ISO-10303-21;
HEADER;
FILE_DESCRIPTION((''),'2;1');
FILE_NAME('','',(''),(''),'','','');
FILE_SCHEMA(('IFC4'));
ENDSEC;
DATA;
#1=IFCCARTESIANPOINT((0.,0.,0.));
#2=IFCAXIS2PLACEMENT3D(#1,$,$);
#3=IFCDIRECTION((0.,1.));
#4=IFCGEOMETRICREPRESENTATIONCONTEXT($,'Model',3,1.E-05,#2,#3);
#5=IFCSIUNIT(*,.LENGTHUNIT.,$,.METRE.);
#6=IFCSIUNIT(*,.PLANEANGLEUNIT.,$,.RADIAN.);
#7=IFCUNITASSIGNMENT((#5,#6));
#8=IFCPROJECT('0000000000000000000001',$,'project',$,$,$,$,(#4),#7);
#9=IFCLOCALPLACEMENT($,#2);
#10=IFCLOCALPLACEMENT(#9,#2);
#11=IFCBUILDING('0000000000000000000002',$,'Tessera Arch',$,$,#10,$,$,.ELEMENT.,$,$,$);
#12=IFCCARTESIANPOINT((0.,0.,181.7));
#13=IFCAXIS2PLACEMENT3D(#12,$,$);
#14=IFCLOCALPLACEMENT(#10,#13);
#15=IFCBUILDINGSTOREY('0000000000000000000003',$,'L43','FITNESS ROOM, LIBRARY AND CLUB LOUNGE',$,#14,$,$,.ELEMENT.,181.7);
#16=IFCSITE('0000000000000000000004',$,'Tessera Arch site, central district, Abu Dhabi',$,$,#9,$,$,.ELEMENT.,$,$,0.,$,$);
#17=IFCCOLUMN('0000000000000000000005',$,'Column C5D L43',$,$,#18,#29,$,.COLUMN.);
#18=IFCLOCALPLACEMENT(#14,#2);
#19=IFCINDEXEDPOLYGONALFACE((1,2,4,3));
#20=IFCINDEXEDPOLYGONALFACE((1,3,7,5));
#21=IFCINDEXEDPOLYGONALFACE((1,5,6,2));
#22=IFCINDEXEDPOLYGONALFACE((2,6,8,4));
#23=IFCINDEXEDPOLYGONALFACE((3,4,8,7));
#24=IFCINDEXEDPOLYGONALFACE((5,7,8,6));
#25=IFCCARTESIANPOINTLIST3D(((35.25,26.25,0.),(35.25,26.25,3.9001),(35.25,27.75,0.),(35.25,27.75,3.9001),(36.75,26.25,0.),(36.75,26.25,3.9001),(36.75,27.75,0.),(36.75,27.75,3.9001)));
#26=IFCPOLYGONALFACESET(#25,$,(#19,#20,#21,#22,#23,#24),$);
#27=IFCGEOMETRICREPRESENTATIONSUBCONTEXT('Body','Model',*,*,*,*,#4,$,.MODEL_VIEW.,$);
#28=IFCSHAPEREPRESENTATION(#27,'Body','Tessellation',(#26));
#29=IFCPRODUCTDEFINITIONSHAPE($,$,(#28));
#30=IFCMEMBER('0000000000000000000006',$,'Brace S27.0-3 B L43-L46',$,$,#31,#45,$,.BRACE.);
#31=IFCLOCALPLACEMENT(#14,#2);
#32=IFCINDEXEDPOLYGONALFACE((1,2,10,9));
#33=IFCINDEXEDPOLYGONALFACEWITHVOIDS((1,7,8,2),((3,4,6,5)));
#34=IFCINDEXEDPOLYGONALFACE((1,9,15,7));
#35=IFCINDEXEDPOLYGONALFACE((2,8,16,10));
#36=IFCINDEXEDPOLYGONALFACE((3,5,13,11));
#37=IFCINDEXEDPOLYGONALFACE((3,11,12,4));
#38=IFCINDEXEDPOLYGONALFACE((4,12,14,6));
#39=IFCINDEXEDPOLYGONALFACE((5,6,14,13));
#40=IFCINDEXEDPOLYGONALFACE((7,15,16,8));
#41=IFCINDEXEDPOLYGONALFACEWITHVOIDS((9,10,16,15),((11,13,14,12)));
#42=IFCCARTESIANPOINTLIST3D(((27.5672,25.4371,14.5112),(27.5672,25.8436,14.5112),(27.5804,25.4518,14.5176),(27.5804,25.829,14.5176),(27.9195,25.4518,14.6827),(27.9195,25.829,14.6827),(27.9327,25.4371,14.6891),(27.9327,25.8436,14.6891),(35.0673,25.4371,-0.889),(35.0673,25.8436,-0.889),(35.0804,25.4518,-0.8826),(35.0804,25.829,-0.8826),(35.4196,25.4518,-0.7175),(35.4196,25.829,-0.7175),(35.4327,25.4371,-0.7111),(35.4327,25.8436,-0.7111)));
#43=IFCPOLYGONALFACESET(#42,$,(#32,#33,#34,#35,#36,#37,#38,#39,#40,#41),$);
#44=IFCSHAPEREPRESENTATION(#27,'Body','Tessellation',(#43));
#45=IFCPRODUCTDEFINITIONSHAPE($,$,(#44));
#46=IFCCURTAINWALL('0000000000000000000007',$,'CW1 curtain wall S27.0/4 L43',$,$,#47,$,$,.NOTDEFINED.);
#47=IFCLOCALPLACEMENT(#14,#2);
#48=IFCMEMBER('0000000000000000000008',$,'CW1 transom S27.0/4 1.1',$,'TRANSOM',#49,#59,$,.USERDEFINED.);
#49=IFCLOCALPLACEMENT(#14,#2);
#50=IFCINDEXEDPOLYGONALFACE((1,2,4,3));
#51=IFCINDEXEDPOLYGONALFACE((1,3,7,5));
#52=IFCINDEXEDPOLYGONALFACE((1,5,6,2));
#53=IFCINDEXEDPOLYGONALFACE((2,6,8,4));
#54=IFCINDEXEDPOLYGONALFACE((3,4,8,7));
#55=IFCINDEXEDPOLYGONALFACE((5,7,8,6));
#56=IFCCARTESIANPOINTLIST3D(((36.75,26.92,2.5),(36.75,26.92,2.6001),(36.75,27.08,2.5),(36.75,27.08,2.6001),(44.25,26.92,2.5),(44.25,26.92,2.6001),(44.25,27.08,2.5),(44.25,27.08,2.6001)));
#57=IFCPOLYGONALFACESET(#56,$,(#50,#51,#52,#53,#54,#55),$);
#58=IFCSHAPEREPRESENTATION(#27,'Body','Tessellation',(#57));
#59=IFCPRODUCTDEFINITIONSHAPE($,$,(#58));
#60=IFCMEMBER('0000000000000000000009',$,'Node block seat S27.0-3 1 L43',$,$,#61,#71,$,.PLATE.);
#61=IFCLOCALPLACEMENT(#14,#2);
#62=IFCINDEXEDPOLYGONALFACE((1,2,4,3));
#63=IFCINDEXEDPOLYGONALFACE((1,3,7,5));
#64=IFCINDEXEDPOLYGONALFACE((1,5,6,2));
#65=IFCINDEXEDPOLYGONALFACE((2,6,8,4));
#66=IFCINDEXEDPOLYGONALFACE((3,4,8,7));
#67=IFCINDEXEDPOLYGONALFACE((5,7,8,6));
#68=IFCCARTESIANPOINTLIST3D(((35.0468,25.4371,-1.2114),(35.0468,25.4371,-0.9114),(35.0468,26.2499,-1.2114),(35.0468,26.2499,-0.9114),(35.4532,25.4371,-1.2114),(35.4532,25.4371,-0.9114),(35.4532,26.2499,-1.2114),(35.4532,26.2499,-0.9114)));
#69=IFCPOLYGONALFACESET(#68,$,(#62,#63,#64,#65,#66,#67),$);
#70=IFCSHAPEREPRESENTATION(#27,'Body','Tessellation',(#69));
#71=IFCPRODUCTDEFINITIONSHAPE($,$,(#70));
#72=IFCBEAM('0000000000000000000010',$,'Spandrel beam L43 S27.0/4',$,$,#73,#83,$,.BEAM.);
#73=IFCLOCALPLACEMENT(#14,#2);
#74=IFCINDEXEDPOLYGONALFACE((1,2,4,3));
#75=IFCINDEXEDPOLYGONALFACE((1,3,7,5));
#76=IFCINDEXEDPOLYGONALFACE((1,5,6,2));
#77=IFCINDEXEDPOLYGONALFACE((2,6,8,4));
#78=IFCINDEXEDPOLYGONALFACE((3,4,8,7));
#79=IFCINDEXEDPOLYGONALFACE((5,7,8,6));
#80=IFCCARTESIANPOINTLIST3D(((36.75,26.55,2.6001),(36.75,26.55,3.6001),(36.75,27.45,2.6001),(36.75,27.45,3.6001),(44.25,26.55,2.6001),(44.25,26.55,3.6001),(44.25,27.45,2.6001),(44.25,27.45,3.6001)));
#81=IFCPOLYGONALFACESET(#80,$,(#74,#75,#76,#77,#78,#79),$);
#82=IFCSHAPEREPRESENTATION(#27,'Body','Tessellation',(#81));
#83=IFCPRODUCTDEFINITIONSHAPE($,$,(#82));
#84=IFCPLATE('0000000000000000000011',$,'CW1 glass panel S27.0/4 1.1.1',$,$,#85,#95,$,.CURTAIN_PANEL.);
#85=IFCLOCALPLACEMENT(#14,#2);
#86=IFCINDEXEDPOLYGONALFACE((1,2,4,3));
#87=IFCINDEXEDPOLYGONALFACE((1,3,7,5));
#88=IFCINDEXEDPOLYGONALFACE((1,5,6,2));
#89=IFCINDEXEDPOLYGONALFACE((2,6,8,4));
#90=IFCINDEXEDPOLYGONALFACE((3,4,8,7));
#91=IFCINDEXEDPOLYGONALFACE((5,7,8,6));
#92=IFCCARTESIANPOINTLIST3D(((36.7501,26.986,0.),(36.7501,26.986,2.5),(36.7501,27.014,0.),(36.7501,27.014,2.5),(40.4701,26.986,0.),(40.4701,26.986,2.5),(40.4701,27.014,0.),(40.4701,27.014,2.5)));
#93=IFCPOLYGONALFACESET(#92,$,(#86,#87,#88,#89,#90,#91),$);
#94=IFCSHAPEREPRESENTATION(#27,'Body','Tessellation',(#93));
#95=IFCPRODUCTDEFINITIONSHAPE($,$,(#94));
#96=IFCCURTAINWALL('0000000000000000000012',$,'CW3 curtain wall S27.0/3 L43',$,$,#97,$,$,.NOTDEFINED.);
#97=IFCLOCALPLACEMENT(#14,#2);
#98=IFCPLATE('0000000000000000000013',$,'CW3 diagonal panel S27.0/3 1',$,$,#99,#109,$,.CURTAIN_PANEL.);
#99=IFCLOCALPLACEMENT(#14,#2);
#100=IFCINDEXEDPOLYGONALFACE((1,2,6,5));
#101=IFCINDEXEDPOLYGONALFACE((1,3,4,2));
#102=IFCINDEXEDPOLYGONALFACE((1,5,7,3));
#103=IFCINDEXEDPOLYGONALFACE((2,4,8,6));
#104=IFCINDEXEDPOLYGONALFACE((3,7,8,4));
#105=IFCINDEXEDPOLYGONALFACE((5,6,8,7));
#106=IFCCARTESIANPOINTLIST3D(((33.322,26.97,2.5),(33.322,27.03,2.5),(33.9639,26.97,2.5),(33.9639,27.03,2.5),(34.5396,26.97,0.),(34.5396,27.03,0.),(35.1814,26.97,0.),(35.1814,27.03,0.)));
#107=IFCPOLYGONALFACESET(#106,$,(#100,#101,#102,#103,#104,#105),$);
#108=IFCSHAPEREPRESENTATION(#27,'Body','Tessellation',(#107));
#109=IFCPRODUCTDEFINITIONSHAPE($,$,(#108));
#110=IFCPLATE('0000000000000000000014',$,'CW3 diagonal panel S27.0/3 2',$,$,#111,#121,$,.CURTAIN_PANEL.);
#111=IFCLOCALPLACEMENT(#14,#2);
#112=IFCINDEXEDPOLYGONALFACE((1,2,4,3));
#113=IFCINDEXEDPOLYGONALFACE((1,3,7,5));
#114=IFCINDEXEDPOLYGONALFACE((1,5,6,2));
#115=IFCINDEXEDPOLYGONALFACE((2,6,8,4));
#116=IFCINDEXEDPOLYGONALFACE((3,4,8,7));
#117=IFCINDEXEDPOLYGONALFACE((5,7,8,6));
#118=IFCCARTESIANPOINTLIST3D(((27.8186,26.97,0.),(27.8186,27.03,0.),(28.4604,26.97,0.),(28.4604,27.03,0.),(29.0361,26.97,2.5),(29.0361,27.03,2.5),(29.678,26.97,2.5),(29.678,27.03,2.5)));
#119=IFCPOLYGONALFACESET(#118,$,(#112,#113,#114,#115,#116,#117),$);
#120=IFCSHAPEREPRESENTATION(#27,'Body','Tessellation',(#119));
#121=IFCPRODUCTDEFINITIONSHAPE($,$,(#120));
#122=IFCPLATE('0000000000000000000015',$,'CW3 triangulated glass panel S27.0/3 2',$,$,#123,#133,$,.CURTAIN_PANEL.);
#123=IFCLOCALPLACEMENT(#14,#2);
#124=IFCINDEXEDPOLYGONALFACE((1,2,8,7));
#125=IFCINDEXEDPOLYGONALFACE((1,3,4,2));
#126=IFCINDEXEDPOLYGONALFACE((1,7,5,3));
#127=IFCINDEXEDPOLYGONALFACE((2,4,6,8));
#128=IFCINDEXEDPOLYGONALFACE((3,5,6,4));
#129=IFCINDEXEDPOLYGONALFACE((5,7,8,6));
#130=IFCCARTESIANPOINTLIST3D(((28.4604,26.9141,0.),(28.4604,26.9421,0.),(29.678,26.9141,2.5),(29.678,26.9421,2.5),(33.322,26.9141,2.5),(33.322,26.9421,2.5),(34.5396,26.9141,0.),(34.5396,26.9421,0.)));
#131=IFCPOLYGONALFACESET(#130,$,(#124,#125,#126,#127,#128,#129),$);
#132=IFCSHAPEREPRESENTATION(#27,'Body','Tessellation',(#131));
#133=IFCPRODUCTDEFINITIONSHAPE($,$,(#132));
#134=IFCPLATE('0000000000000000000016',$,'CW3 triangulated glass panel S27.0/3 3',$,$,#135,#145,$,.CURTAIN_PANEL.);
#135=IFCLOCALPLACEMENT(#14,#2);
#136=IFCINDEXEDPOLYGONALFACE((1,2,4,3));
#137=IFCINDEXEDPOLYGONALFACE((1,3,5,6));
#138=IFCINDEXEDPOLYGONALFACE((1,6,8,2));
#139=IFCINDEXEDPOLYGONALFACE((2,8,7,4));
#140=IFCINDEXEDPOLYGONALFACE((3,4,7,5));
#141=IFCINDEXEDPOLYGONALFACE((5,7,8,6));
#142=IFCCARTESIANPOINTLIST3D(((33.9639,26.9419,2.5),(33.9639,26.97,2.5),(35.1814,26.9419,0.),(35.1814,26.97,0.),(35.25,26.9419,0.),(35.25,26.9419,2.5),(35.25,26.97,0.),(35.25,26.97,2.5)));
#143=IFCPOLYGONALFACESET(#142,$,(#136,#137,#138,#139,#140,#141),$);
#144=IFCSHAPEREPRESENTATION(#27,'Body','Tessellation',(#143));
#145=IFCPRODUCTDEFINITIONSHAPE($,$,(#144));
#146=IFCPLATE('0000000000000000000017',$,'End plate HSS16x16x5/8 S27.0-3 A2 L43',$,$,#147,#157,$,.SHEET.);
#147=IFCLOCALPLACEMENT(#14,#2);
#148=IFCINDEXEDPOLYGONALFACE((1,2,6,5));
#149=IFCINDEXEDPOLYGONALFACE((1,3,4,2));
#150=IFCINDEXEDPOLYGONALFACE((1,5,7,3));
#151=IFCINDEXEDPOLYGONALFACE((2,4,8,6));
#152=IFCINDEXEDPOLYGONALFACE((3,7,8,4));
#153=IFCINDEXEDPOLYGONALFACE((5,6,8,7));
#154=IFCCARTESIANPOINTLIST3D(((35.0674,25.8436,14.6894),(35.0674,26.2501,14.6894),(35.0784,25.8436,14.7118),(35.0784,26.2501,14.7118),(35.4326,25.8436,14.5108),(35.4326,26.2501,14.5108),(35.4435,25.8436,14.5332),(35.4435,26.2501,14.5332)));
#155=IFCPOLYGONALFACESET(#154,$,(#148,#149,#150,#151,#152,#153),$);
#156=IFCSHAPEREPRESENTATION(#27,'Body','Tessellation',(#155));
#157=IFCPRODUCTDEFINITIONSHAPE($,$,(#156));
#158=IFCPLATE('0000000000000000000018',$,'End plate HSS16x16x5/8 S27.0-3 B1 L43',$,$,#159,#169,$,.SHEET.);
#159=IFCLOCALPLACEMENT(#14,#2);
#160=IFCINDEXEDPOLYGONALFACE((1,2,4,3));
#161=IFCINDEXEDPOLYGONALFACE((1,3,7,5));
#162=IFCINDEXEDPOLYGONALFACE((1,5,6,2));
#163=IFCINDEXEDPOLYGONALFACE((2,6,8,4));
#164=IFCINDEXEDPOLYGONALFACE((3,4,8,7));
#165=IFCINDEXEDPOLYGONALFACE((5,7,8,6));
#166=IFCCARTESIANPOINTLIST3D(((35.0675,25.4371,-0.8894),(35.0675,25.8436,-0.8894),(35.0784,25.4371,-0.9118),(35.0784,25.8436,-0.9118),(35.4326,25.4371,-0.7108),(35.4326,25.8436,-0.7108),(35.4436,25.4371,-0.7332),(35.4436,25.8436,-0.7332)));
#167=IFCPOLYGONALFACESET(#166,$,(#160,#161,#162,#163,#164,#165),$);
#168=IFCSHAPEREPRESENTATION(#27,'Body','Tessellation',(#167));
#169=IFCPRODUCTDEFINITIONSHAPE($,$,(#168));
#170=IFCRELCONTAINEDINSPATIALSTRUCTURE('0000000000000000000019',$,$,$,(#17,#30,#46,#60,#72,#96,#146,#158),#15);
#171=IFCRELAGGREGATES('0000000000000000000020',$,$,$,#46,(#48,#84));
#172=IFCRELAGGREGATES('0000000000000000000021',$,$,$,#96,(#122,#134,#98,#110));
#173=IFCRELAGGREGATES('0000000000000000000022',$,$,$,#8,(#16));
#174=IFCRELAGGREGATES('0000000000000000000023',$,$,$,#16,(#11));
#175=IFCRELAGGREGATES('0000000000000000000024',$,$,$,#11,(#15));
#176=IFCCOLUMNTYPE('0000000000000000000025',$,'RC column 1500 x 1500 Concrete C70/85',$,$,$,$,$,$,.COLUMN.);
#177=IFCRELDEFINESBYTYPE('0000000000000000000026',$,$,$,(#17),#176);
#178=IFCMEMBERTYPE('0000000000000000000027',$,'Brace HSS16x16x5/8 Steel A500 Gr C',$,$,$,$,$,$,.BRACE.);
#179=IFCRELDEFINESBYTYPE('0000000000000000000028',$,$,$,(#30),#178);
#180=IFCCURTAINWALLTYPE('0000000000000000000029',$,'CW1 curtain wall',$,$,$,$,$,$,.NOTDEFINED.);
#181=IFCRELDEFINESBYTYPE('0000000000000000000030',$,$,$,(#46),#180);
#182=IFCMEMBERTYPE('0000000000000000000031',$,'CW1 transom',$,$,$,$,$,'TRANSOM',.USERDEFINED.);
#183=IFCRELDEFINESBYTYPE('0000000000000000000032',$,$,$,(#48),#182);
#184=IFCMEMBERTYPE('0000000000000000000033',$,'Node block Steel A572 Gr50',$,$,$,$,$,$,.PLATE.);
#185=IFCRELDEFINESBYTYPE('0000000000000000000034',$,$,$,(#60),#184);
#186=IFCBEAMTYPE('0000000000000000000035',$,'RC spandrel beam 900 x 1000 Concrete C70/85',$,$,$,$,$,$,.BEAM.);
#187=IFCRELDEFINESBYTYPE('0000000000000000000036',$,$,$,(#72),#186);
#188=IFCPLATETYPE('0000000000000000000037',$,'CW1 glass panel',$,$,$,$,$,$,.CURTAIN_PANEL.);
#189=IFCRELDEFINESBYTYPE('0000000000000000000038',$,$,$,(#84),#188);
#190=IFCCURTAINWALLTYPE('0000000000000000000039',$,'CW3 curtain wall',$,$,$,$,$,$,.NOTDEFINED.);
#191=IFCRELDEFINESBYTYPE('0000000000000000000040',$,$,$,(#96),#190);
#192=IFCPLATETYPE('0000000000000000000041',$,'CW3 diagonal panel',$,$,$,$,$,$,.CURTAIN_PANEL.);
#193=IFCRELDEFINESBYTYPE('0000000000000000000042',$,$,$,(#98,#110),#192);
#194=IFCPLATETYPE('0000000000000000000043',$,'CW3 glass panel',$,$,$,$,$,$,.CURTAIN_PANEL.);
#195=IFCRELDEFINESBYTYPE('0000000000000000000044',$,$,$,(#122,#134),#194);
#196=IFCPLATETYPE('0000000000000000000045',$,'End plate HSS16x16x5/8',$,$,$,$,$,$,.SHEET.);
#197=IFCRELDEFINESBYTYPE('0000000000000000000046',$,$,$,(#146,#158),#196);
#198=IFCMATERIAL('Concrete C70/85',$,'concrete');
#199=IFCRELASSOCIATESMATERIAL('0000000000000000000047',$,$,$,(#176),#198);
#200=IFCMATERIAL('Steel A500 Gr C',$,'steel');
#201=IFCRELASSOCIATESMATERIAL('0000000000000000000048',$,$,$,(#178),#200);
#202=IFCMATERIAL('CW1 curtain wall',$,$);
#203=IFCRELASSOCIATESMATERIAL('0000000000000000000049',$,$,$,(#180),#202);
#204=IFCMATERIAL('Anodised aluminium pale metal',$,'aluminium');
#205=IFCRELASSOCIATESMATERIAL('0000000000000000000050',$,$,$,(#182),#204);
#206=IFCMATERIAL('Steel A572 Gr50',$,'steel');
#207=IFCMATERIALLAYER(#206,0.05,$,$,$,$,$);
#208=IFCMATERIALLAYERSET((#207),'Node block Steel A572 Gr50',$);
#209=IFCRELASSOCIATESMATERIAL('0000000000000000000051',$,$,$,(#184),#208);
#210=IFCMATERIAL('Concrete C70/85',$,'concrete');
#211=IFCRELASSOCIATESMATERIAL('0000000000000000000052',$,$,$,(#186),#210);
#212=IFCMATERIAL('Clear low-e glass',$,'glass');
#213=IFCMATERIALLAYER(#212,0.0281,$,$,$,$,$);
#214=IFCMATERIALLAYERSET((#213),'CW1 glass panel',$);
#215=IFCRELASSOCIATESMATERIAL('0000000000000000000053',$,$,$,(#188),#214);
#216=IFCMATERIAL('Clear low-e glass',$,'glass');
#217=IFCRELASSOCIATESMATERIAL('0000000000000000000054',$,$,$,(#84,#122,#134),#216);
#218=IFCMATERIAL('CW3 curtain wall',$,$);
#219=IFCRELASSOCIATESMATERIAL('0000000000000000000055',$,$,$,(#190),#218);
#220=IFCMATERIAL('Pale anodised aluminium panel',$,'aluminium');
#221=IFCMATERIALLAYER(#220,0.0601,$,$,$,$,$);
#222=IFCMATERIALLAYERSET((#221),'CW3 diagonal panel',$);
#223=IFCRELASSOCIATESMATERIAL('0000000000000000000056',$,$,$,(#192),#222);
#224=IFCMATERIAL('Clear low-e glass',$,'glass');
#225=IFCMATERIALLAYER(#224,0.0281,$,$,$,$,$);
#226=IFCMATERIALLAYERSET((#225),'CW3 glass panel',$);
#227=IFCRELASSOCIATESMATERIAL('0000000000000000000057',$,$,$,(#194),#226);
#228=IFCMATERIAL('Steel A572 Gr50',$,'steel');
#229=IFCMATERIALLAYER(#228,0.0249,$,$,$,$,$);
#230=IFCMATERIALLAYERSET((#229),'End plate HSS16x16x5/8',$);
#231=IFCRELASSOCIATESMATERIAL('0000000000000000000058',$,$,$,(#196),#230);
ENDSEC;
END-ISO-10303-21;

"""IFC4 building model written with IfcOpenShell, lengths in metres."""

from ifc_helpers import new_model, si_unit, direction, frame, origin, origin_2d, place, context, subcontext, project, spatial, polyline, rectangle, hollow_rectangle, outline, extrude, material, layer, layer_set, material_profile, profile_set, type_object, element, aggregate, save


model = new_model("IFC4")

# Units and contexts
model_context = context("Model", 3, precision=1e-05, world=origin(), true_north=direction((0.0, 1.0)))
body_context = subcontext(model_context, "Body", "Model", "MODEL_VIEW")
ifc_project = project(units=[si_unit("LENGTHUNIT", "METRE"), si_unit("PLANEANGLEUNIT", "RADIAN")], contexts=[model_context])

# Site, building, storey
site_placement = place(None, origin())
site = spatial("IfcSite", under=ifc_project, at=site_placement, Name="Tessera Arch site, central district, Abu Dhabi", CompositionType="ELEMENT", RefElevation=0.0)
building_placement = place(site_placement, origin())
building = spatial("IfcBuilding", under=site, at=building_placement, Name="Tessera Arch", CompositionType="ELEMENT")
storey_placement = place(building_placement, frame((0.0, 0.0, 181.7)))
storey = spatial("IfcBuildingStorey", under=building, at=storey_placement, Name="L43", Description="FITNESS ROOM, LIBRARY AND CLUB LOUNGE", CompositionType="ELEMENT", Elevation=181.7)

# Column
ifc_material_1 = material(Name="Concrete C70/85", Category="concrete")
ifc_material_profile_1 = material_profile(ifc_material_1, rectangle(XDim=1.5, YDim=1.5, at=origin_2d()), Name="RC column 1500 x 1500 Concrete C70/85")
ifc_profile_set_1 = profile_set([ifc_material_profile_1], Name="Concrete C70/85")
column_type = type_object("IfcColumnType", Name="RC column 1500 x 1500 Concrete C70/85", PredefinedType="COLUMN", material=ifc_profile_set_1)
column_placement = place(storey_placement, frame((36.0, 27.0, 0.0), z_axis=(0.0, 0.0, 1.0), x_axis=(1.0, 0.0, 0.0)))
element("IfcColumn", 1, at=column_placement, inside=storey, type_object=column_type, Name="Column C5D L43", PredefinedType="COLUMN", context=body_context, shape_type="SweptSolid", body=[
    extrude(rectangle(XDim=1.5, YDim=1.5, at=origin_2d()), origin(), (0.0, 0.0, 1.0), 3.9001),
])

# Member
ifc_material_2 = material(Name="Steel A500 Gr C", Category="steel")
ifc_material_profile_2 = material_profile(ifc_material_2, hollow_rectangle(XDim=0.4065, YDim=0.4065, WallThickness=0.0146, at=origin_2d()), Name="HSS16x16x5/8")
ifc_profile_set_2 = profile_set([ifc_material_profile_2], Name="Steel A500 Gr C")
member_type_1 = type_object("IfcMemberType", Name="Brace HSS16x16x5/8 Steel A500 Gr C", PredefinedType="BRACE", material=ifc_profile_set_2)
member_1_placement = place(storey_placement, frame((35.25, 25.6404, -0.8), z_axis=(-0.437845, 0.0, 0.89905), x_axis=(0.0, -1.0, 0.0)))
element("IfcMember", 2, at=member_1_placement, inside=storey, type_object=member_type_1, Name="Brace S27.0-3 B L43-L46", PredefinedType="BRACE", context=body_context, shape_type="SweptSolid", body=[
    extrude(hollow_rectangle(XDim=0.4065, YDim=0.4065, WallThickness=0.0146, at=origin_2d()), origin(), (0.0, 0.0, 1.0), 17.1294),
])

# Curtain wall, member
ifc_material_3 = material(Name="CW1 curtain wall")
curtain_wall_type_1 = type_object("IfcCurtainWallType", Name="CW1 curtain wall", PredefinedType="NOTDEFINED", material=ifc_material_3)
curtain_wall_1_placement = place(storey_placement, origin())
curtain_wall_1 = element("IfcCurtainWall", 3, at=curtain_wall_1_placement, inside=storey, type_object=curtain_wall_type_1, Name="CW1 curtain wall S27.0/4 L43", PredefinedType="NOTDEFINED")
ifc_material_4 = material(Name="Anodised aluminium pale metal", Category="aluminium")
ifc_material_profile_3 = material_profile(ifc_material_4, rectangle(XDim=0.1599, YDim=0.1001, at=origin_2d()), Name="AL 160x100")
ifc_profile_set_3 = profile_set([ifc_material_profile_3], Name="Anodised aluminium pale metal")
member_type_2 = type_object("IfcMemberType", Name="CW1 transom", ElementType="TRANSOM", PredefinedType="USERDEFINED", material=ifc_profile_set_3)
member_2_placement = place(storey_placement, frame((36.75, 27.0, 2.55), z_axis=(1.0, 0.0, 0.0), x_axis=(0.0, 1.0, 0.0)))
member_2 = element("IfcMember", 4, at=member_2_placement, type_object=member_type_2, Name="CW1 transom S27.0/4 1.1", ObjectType="TRANSOM", PredefinedType="USERDEFINED", context=body_context, shape_type="SweptSolid", body=[
    extrude(rectangle(XDim=0.1599, YDim=0.1001, at=origin_2d()), origin(), (0.0, 0.0, 1.0), 7.5),
])

# Member
ifc_material_5 = material(Name="Steel A572 Gr50", Category="steel")
ifc_layer_1 = layer(ifc_material_5, 0.05)
ifc_layer_set_1 = layer_set([ifc_layer_1], Name="Node block Steel A572 Gr50")
member_type_3 = type_object("IfcMemberType", Name="Node block Steel A572 Gr50", PredefinedType="PLATE", material=ifc_layer_set_1)
member_3_placement = place(storey_placement, frame((35.25, 25.8435, -1.2114), z_axis=(0.0, 0.0, 1.0), x_axis=(1.0, 0.0, 0.0)))
element("IfcMember", 5, at=member_3_placement, inside=storey, type_object=member_type_3, Name="Node block seat S27.0-3 1 L43", PredefinedType="PLATE", context=body_context, shape_type="SweptSolid", body=[
    extrude(rectangle(XDim=0.4065, YDim=0.8127, at=origin_2d()), origin(), (0.0, 0.0, 1.0), 0.3),
])

# Beam
ifc_material_6 = material(Name="Concrete C70/85", Category="concrete")
ifc_material_profile_4 = material_profile(ifc_material_6, rectangle(XDim=0.8999, YDim=1.0, at=origin_2d()), Name="RC spandrel beam 900 x 1000 Concrete C70/85")
ifc_profile_set_4 = profile_set([ifc_material_profile_4], Name="Concrete C70/85")
beam_type = type_object("IfcBeamType", Name="RC spandrel beam 900 x 1000 Concrete C70/85", PredefinedType="BEAM", material=ifc_profile_set_4)
beam_placement = place(storey_placement, frame((36.75, 27.0, 3.1001), z_axis=(1.0, 0.0, 0.0), x_axis=(0.0, 1.0, 0.0)))
element("IfcBeam", 6, at=beam_placement, inside=storey, type_object=beam_type, Name="Spandrel beam L43 S27.0/4", PredefinedType="BEAM", context=body_context, shape_type="SweptSolid", body=[
    extrude(rectangle(XDim=0.8999, YDim=1.0, at=origin_2d()), origin(), (0.0, 0.0, 1.0), 7.5),
])

# Plate
ifc_material_7 = material(Name="Clear low-e glass", Category="glass")
ifc_material_8 = material(Name="Clear low-e glass", Category="glass")
ifc_layer_2 = layer(ifc_material_8, 0.0281)
ifc_layer_set_2 = layer_set([ifc_layer_2], Name="CW1 glass panel")
plate_type_1 = type_object("IfcPlateType", Name="CW1 glass panel", PredefinedType="CURTAIN_PANEL", material=ifc_layer_set_2)
plate_1_placement = place(storey_placement, frame((38.6101, 27.0, 0.0), z_axis=(0.0, 0.0, 1.0), x_axis=(1.0, 0.0, 0.0)))
plate_1 = element("IfcPlate", 7, at=plate_1_placement, type_object=plate_type_1, material=ifc_material_7, Name="CW1 glass panel S27.0/4 1.1.1", PredefinedType="CURTAIN_PANEL", context=body_context, shape_type="SweptSolid", body=[
    extrude(rectangle(XDim=3.72, YDim=0.0281, at=origin_2d()), origin(), (0.0, 0.0, 1.0), 2.5),
])
aggregate(curtain_wall_1, [member_2, plate_1])

# Curtain wall, plates
ifc_material_9 = material(Name="CW3 curtain wall")
curtain_wall_type_2 = type_object("IfcCurtainWallType", Name="CW3 curtain wall", PredefinedType="NOTDEFINED", material=ifc_material_9)
curtain_wall_2_placement = place(storey_placement, origin())
curtain_wall_2 = element("IfcCurtainWall", 8, at=curtain_wall_2_placement, inside=storey, type_object=curtain_wall_type_2, Name="CW3 curtain wall S27.0/3 L43", PredefinedType="NOTDEFINED")
ifc_material_10 = material(Name="Pale anodised aluminium panel", Category="aluminium")
ifc_layer_3 = layer(ifc_material_10, 0.0601)
ifc_layer_set_3 = layer_set([ifc_layer_3], Name="CW3 diagonal panel")
plate_type_2 = type_object("IfcPlateType", Name="CW3 diagonal panel", PredefinedType="CURTAIN_PANEL", material=ifc_layer_set_3)
plate_2_placement = place(storey_placement, frame((33.9639, 26.97, 2.5), z_axis=(0.0, -1.0, 0.0), x_axis=(-1.0, 0.0, 0.0)))
plate_2 = element("IfcPlate", 9, at=plate_2_placement, type_object=plate_type_2, Name="CW3 diagonal panel S27.0/3 1", PredefinedType="CURTAIN_PANEL", context=body_context, shape_type="SweptSolid", body=[
    extrude(outline(polyline([(0.0, 0.0), (0.6418, 0.0), (-0.5757, 2.5), (-1.2175, 2.5), (0.0, 0.0)])), origin(), (0.0, 0.0, -1.0), 0.0601),
])
plate_3_placement = place(storey_placement, frame((29.678, 26.97, 2.5), z_axis=(0.0, -1.0, 0.0), x_axis=(-1.0, 0.0, 0.0)))
plate_3 = element("IfcPlate", 10, at=plate_3_placement, type_object=plate_type_2, Name="CW3 diagonal panel S27.0/3 2", PredefinedType="CURTAIN_PANEL", context=body_context, shape_type="SweptSolid", body=[
    extrude(outline(polyline([(0.0, 0.0), (0.6418, 0.0), (1.8594, 2.5), (1.2175, 2.5), (0.0, 0.0)])), origin(), (0.0, 0.0, -1.0), 0.0601),
])
ifc_material_11 = material(Name="Clear low-e glass", Category="glass")
ifc_layer_4 = layer(ifc_material_11, 0.0281)
ifc_layer_set_4 = layer_set([ifc_layer_4], Name="CW3 glass panel")
plate_type_3 = type_object("IfcPlateType", Name="CW3 glass panel", PredefinedType="CURTAIN_PANEL", material=ifc_layer_set_4)
plate_4_placement = place(storey_placement, frame((33.322, 26.9141, 2.5), z_axis=(0.0, -1.0, 0.0), x_axis=(-1.0, 0.0, 0.0)))
plate_4 = element("IfcPlate", 11, at=plate_4_placement, type_object=plate_type_3, material=ifc_material_7, Name="CW3 triangulated glass panel S27.0/3 2", PredefinedType="CURTAIN_PANEL", context=body_context, shape_type="SweptSolid", body=[
    extrude(outline(polyline([(0.0, 0.0), (3.644, 0.0), (4.8616, 2.5), (-1.2175, 2.5), (0.0, 0.0)])), origin(), (0.0, 0.0, -1.0), 0.0281),
])
plate_5_placement = place(storey_placement, frame((35.25, 26.9419, 2.5), z_axis=(0.0, -1.0, 0.0), x_axis=(-1.0, 0.0, 0.0)))
plate_5 = element("IfcPlate", 12, at=plate_5_placement, type_object=plate_type_3, material=ifc_material_7, Name="CW3 triangulated glass panel S27.0/3 3", PredefinedType="CURTAIN_PANEL", context=body_context, shape_type="SweptSolid", body=[
    extrude(outline(polyline([(0.0, 0.0), (1.2861, 0.0), (0.0686, 2.5), (0.0, 2.5), (0.0, 0.0)])), origin(), (0.0, 0.0, -1.0), 0.0281),
])
aggregate(curtain_wall_2, [plate_4, plate_5, plate_2, plate_3])

# Plates
ifc_material_12 = material(Name="Steel A572 Gr50", Category="steel")
ifc_layer_5 = layer(ifc_material_12, 0.0249)
ifc_layer_set_5 = layer_set([ifc_layer_5], Name="End plate HSS16x16x5/8")
plate_type_4 = type_object("IfcPlateType", Name="End plate HSS16x16x5/8", PredefinedType="SHEET", material=ifc_layer_set_5)
for number, where, z_axis, x_axis, name in (
    (13, (35.25, 26.0469, 14.6001), (0.439385, 0.0, 0.898299), (0.0, 1.0, 0.0), "End plate HSS16x16x5/8 S27.0-3 A2 L43"),
    (14, (35.261, 25.6404, -0.8225), (-0.439385, 0.0, 0.898299), (0.0, -1.0, 0.0), "End plate HSS16x16x5/8 S27.0-3 B1 L43"),
):
    element("IfcPlate", number, at=place(storey_placement, frame(where, z_axis=z_axis, x_axis=x_axis)), inside=storey, type_object=plate_type_4, Name=name, PredefinedType="SHEET", context=body_context, shape_type="SweptSolid", body=[
        extrude(rectangle(XDim=0.4065, YDim=0.4065, at=origin_2d()), origin(), (0.0, 0.0, 1.0), 0.0249),
    ])

save(model, "model.ifc")
